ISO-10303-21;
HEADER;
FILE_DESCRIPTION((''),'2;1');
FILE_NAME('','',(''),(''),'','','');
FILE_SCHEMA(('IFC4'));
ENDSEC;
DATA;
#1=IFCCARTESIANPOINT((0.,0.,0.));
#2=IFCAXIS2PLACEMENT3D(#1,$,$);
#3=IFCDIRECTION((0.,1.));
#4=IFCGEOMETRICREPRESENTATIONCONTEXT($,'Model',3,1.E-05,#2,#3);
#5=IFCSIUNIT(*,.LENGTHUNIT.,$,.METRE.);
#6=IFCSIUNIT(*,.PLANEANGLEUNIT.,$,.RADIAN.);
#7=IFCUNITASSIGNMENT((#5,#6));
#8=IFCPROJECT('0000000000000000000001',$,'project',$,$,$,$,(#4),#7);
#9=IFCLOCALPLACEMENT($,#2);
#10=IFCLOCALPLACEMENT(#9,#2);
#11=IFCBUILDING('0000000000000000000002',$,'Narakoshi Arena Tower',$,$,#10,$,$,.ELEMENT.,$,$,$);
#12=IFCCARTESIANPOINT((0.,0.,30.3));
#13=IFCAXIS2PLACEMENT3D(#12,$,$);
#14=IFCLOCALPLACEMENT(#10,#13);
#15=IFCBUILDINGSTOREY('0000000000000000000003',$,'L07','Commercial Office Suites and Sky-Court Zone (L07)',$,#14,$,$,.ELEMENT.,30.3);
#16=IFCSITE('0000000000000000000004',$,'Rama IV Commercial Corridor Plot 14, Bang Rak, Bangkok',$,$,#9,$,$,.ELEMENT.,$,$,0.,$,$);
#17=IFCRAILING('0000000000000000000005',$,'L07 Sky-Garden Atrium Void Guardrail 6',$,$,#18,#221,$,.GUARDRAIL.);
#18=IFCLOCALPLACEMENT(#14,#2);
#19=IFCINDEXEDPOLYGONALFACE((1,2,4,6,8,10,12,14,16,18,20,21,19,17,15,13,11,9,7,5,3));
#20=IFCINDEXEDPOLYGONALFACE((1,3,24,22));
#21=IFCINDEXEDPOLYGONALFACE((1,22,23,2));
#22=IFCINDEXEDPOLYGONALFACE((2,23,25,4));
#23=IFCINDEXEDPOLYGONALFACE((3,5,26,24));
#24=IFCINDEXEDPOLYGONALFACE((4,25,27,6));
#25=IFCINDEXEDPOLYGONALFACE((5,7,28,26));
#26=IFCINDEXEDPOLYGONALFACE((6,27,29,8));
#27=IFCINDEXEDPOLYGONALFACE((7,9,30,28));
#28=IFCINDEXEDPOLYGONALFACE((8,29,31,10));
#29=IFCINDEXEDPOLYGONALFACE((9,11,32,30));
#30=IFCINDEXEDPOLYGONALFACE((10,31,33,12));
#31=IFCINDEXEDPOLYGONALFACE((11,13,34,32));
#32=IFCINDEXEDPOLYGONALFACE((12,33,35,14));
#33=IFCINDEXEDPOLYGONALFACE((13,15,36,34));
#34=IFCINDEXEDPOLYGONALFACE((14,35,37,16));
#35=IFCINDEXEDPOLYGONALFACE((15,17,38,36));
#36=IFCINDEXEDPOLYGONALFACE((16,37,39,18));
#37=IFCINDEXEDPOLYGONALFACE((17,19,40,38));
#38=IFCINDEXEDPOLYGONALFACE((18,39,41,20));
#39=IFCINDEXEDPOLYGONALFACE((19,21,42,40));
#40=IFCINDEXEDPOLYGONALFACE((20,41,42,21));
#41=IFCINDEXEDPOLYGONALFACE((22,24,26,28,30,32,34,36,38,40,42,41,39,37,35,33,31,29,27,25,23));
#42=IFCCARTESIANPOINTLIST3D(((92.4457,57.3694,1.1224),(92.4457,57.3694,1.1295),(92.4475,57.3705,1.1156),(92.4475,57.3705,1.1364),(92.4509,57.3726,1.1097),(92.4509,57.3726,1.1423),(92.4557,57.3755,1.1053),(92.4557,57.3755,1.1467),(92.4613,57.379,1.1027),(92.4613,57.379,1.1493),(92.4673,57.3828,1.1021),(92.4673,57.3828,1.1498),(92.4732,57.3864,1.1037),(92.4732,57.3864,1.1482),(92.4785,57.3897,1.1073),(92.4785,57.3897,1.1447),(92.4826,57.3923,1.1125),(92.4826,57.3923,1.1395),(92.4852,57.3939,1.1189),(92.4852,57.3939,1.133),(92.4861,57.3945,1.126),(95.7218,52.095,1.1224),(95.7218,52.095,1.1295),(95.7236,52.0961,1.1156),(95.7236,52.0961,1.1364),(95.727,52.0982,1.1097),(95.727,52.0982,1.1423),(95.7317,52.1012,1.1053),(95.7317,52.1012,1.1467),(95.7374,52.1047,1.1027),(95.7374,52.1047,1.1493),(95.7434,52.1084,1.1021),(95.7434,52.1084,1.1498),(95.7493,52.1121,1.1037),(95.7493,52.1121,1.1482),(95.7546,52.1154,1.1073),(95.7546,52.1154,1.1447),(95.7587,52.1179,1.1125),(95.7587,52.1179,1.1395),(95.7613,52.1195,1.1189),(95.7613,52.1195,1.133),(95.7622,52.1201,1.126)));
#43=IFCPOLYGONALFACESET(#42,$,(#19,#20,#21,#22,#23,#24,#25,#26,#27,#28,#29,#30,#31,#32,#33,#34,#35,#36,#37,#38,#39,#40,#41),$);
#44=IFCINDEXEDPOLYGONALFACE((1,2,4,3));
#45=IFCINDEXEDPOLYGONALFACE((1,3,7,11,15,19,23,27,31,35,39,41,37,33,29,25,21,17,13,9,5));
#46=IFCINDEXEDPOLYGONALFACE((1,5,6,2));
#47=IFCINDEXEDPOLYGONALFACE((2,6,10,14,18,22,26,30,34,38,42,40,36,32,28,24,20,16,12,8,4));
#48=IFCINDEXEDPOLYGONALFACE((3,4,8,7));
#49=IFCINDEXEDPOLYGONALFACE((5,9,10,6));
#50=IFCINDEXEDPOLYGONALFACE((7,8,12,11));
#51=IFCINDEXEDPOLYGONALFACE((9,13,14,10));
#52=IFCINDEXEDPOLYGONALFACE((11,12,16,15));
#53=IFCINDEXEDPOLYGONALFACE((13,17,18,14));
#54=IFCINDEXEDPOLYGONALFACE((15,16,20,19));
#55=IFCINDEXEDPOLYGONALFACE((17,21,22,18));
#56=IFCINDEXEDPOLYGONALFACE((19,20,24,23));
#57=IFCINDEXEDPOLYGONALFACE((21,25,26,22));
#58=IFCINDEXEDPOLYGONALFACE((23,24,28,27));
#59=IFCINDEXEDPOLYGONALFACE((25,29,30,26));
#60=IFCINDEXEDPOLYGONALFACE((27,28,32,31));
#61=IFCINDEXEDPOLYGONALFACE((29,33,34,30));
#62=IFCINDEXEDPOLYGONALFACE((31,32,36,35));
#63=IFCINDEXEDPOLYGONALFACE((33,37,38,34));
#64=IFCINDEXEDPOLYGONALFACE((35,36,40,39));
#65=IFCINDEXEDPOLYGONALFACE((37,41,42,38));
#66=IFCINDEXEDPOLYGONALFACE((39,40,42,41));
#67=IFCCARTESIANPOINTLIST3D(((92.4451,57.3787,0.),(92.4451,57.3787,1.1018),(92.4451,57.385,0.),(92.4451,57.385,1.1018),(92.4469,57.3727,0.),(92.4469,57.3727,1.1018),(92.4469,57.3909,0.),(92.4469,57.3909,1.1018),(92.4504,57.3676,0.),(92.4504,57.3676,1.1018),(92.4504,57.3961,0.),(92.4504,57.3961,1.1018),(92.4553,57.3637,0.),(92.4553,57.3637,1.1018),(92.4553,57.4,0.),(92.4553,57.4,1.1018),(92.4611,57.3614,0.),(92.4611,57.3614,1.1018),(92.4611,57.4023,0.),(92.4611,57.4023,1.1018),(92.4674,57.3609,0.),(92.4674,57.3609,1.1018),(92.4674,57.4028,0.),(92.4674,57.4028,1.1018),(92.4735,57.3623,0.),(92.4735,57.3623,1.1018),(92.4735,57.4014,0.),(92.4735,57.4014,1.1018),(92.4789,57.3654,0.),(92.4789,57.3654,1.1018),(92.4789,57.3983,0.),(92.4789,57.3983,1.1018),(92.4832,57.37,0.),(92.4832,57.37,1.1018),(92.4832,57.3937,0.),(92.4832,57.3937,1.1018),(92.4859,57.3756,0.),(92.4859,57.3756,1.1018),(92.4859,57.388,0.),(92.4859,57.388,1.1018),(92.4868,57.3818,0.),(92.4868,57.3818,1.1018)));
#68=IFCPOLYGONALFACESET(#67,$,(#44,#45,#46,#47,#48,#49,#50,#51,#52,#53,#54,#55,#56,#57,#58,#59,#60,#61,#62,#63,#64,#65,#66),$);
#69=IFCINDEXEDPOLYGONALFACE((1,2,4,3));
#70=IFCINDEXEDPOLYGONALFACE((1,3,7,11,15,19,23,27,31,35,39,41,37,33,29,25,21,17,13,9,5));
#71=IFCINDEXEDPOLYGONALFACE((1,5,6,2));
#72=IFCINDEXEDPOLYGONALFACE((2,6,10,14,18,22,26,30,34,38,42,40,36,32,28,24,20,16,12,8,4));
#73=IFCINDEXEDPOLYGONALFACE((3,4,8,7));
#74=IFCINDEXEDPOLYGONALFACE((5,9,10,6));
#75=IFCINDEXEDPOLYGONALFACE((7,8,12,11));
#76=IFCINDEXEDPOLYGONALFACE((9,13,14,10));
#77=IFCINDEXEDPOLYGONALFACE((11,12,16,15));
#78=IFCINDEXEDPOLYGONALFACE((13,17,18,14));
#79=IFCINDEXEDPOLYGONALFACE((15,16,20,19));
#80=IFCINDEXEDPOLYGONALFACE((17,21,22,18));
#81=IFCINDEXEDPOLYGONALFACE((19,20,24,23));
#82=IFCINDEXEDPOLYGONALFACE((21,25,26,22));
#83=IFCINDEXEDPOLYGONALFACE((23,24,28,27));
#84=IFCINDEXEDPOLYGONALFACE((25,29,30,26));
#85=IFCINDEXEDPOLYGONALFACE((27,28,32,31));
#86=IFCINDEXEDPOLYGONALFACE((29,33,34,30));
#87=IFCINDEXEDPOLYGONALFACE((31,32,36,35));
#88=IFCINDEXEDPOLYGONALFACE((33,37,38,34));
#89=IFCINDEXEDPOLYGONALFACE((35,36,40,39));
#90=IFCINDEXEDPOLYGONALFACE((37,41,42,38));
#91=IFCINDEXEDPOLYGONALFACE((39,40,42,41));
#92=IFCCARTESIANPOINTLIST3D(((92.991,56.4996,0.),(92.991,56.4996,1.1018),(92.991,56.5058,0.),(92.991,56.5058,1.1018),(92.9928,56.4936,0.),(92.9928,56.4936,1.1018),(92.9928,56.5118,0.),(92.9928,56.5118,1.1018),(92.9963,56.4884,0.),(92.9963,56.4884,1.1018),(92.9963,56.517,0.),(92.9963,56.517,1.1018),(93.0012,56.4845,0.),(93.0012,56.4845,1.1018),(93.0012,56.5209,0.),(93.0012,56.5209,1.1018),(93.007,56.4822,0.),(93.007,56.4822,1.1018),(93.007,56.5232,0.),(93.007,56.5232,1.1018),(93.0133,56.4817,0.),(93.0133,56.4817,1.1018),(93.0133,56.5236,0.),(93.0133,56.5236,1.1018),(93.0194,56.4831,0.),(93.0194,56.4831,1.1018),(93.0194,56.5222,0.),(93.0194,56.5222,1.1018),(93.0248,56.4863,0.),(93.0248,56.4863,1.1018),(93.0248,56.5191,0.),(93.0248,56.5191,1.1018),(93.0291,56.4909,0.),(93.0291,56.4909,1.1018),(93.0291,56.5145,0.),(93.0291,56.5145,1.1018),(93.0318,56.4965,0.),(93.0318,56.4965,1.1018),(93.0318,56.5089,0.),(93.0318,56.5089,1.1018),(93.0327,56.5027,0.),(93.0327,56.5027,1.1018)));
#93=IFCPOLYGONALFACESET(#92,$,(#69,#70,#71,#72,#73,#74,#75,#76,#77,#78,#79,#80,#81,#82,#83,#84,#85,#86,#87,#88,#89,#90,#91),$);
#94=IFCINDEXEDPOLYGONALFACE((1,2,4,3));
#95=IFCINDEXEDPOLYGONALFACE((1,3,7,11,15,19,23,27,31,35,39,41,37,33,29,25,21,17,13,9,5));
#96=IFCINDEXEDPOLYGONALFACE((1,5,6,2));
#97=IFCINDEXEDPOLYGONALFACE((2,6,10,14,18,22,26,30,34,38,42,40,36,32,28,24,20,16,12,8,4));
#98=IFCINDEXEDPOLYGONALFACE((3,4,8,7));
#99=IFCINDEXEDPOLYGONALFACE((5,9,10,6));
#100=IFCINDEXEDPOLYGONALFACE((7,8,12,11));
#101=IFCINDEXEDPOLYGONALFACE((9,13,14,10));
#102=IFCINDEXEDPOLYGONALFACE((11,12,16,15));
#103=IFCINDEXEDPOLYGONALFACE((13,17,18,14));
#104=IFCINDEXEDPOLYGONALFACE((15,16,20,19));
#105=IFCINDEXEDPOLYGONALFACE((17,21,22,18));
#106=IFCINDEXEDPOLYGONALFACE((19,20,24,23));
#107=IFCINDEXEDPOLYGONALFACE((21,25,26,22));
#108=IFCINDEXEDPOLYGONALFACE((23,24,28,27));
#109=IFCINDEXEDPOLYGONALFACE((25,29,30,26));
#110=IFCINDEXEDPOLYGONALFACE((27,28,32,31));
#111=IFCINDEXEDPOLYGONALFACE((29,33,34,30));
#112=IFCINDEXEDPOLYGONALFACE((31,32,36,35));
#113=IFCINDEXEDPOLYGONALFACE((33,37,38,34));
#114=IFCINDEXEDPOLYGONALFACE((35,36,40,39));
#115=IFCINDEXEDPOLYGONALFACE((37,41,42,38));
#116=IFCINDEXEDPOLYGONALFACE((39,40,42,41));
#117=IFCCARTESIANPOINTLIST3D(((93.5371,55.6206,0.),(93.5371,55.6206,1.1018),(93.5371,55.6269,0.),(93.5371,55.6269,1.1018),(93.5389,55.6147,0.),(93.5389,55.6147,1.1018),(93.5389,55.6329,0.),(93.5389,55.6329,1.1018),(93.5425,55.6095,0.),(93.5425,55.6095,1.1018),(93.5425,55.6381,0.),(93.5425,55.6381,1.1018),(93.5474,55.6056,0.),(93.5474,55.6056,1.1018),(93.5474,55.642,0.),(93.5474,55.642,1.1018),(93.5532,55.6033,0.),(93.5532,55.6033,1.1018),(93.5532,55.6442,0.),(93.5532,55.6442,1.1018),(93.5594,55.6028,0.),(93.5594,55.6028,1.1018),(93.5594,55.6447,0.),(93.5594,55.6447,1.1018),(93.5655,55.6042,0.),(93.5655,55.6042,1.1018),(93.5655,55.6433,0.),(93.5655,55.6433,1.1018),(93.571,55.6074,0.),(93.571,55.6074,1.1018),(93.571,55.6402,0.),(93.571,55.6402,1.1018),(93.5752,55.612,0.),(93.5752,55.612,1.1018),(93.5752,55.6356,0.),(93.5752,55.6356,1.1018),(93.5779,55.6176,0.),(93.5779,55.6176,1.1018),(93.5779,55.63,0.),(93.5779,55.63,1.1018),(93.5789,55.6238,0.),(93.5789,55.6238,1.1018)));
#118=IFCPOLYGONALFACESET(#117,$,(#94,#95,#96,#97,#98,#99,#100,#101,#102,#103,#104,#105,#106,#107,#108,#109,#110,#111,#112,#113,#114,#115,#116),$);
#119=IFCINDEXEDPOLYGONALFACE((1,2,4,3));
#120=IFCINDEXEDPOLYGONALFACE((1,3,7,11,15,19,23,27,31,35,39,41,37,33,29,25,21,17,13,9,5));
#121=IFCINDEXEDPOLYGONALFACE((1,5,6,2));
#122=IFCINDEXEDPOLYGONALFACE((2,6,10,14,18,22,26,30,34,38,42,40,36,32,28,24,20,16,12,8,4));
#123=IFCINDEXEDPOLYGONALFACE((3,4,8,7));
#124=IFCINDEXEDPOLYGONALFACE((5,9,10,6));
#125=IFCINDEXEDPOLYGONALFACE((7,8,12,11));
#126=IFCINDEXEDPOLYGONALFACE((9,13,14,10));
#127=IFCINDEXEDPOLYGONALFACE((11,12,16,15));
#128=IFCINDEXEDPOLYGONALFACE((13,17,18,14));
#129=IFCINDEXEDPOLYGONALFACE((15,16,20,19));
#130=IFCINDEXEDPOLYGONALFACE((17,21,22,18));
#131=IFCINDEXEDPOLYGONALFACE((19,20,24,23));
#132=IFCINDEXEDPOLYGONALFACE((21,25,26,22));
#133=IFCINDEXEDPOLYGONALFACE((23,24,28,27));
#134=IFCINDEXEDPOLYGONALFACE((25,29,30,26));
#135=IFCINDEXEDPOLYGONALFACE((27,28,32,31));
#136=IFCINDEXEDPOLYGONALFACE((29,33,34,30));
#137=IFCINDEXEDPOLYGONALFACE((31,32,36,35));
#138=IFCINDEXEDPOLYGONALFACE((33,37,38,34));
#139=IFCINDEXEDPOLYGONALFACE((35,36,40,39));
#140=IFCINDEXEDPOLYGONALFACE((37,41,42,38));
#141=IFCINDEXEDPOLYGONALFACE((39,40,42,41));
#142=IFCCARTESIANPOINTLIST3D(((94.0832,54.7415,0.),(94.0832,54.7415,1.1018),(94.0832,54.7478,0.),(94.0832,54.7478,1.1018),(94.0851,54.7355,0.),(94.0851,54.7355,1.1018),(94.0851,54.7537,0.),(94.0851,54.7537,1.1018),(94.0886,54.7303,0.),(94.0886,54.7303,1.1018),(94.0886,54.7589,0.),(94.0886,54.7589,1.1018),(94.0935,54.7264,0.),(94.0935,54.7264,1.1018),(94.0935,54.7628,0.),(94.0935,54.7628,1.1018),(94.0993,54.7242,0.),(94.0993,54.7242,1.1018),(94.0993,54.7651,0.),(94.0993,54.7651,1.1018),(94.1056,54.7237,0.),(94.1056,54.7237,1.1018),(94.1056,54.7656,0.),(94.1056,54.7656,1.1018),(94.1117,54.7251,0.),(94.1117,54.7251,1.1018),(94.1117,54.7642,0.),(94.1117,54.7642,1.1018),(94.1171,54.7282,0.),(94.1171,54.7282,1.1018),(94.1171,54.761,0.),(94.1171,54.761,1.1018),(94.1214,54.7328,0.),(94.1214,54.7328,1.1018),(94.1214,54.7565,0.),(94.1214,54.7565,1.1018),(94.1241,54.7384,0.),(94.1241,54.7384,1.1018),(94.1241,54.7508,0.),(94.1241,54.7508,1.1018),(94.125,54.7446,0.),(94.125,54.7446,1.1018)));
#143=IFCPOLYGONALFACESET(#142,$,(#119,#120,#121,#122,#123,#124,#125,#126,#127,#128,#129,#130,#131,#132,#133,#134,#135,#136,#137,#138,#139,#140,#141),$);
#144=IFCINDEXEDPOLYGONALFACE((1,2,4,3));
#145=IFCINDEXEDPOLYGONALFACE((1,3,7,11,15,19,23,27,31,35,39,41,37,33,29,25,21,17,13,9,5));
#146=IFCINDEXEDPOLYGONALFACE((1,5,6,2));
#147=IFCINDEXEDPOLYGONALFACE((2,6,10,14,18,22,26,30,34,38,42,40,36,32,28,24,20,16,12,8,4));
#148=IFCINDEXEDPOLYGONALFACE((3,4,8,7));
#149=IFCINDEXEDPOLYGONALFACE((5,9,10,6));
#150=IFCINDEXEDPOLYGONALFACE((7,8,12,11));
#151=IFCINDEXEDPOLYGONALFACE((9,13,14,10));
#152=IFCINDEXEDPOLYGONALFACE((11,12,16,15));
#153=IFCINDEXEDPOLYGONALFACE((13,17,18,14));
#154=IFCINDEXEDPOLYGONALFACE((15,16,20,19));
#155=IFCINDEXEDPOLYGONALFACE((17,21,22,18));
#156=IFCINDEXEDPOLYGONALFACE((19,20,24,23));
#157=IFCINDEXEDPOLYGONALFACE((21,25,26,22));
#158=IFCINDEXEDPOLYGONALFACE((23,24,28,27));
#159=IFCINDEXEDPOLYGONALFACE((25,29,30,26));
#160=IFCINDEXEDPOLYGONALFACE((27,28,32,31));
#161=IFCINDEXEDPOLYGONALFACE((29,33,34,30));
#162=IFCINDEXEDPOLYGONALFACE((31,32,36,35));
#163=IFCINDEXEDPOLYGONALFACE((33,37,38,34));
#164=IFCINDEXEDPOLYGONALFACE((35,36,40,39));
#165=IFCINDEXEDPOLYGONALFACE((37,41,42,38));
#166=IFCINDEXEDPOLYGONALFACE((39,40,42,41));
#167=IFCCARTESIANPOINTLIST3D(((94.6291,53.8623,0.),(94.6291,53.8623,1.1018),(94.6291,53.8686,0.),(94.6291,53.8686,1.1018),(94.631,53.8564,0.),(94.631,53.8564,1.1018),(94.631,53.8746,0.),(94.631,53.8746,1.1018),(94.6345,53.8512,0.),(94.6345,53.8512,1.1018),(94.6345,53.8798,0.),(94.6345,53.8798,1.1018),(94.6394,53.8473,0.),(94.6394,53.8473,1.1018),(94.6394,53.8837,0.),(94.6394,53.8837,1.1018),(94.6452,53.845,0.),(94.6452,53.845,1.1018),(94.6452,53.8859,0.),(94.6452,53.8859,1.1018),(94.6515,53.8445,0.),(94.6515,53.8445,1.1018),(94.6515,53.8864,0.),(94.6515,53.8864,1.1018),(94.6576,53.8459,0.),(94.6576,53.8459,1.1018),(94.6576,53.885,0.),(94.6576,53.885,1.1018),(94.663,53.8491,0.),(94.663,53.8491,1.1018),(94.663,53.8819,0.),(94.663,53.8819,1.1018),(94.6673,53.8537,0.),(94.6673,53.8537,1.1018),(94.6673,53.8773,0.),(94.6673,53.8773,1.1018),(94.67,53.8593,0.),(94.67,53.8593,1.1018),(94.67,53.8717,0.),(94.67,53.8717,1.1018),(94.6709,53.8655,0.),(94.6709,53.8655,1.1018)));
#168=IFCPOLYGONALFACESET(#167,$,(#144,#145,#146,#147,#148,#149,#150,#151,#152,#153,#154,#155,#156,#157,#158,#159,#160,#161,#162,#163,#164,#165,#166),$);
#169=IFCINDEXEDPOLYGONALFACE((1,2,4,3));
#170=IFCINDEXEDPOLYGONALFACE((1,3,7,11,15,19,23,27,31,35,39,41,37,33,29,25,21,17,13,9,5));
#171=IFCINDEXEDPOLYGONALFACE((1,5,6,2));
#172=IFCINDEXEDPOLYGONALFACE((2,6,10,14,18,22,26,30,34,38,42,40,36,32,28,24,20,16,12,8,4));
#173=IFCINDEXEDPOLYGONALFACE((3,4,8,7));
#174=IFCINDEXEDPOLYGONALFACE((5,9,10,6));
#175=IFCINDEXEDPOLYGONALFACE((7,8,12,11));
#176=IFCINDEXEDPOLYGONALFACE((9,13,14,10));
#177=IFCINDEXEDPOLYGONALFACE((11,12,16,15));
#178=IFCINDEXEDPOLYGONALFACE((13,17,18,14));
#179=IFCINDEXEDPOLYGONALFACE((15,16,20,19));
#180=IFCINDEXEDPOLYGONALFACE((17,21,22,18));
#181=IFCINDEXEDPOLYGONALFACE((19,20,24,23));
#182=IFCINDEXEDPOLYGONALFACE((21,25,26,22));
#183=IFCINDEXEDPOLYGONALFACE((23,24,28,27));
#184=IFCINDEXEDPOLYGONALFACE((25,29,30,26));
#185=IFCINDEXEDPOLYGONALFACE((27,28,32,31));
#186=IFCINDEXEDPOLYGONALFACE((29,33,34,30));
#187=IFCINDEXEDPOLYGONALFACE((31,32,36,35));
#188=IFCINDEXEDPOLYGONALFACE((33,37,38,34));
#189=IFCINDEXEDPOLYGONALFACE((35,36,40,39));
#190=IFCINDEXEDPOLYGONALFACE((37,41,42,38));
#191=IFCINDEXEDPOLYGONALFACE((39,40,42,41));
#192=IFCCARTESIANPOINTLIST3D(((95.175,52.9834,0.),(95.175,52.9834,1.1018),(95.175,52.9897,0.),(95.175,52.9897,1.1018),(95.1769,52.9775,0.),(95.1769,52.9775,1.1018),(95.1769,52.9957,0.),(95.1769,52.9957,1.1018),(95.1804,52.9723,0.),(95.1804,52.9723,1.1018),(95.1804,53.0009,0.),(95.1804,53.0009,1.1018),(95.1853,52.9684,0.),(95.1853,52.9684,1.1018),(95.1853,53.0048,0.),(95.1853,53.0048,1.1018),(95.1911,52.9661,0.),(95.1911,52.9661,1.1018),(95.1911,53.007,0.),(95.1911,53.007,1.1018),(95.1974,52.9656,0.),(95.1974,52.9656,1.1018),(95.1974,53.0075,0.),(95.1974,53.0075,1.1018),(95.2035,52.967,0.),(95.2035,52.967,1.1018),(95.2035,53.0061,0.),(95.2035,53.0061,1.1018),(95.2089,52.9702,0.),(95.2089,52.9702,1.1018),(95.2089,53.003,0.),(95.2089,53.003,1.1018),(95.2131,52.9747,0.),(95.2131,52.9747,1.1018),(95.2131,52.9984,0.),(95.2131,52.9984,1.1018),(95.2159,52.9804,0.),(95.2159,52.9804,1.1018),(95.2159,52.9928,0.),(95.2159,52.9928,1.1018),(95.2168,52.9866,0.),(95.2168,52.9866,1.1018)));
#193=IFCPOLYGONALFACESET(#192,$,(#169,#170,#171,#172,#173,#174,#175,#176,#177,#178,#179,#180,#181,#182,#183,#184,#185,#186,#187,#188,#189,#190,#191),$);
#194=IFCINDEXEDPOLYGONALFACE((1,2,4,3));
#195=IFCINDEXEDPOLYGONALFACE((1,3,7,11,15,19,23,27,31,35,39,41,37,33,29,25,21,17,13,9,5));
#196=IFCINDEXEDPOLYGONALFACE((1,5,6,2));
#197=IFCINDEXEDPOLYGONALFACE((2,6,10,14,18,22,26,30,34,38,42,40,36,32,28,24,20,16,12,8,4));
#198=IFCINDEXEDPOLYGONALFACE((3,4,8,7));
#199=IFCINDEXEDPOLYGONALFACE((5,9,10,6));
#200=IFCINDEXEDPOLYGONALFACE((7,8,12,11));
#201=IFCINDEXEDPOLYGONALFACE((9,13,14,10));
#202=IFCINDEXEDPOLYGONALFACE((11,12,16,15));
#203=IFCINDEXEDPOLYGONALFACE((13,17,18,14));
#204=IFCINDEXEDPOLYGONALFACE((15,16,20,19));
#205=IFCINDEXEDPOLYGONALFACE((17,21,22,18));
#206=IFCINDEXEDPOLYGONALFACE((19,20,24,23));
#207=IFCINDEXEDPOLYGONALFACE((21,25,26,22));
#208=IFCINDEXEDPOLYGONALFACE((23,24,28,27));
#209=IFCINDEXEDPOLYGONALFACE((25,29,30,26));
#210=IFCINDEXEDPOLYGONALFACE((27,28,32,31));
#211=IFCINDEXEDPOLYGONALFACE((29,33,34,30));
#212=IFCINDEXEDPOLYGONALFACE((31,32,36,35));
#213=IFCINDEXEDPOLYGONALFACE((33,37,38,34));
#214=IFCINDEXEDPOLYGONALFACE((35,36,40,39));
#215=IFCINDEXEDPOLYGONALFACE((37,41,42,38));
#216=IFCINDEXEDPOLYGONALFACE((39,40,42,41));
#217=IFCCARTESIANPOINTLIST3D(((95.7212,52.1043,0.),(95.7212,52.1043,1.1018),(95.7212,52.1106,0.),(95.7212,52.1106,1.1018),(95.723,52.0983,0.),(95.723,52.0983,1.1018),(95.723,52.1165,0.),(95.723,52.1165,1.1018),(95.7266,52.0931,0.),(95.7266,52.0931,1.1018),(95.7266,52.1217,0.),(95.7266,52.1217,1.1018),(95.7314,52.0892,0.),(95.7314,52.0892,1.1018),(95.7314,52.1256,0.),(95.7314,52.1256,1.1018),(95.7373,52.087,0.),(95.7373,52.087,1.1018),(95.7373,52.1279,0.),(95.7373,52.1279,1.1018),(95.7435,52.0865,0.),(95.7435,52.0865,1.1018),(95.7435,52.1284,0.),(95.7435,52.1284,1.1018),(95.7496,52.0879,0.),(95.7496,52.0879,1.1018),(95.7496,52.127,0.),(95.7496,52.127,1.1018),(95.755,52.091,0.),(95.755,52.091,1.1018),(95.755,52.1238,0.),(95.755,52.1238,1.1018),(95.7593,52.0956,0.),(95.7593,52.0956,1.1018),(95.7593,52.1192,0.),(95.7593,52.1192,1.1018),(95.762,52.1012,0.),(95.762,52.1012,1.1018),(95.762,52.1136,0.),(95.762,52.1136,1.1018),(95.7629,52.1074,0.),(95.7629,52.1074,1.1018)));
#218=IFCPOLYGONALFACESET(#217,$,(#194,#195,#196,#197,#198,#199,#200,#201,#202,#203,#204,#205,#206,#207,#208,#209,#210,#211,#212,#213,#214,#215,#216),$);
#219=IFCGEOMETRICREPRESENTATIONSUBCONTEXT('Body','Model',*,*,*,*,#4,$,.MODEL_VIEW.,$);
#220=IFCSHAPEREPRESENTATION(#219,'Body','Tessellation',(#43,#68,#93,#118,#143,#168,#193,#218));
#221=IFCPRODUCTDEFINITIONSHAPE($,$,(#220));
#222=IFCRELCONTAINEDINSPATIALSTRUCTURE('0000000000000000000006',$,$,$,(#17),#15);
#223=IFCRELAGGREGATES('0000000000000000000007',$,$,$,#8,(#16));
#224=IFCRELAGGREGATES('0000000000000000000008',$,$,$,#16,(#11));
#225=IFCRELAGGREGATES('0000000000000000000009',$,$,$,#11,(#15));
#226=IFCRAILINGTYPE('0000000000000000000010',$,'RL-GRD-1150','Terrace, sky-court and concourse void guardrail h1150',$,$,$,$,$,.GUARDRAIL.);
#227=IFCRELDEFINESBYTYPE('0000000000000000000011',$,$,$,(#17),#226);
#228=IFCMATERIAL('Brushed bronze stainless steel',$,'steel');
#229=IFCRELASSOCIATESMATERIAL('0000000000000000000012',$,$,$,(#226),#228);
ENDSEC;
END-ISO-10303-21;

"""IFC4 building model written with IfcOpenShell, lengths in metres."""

from ifc_helpers import new_model, si_unit, direction, frame, origin, origin_2d, place, context, subcontext, project, spatial, circle, extrude, material, type_object, element, save


model = new_model("IFC4")

# Units and contexts
model_context = context("Model", 3, precision=1e-05, world=origin(), true_north=direction((0.0, 1.0)))
body_context = subcontext(model_context, "Body", "Model", "MODEL_VIEW")
ifc_project = project(units=[si_unit("LENGTHUNIT", "METRE"), si_unit("PLANEANGLEUNIT", "RADIAN")], contexts=[model_context])

# Site, building, storey
site_placement = place(None, origin())
site = spatial("IfcSite", under=ifc_project, at=site_placement, Name="Rama IV Commercial Corridor Plot 14, Bang Rak, Bangkok", CompositionType="ELEMENT", RefElevation=0.0)
building_placement = place(site_placement, origin())
building = spatial("IfcBuilding", under=site, at=building_placement, Name="Narakoshi Arena Tower", CompositionType="ELEMENT")
storey_placement = place(building_placement, frame((0.0, 0.0, 30.3)))
storey = spatial("IfcBuildingStorey", under=building, at=storey_placement, Name="L07", Description="Commercial Office Suites and Sky-Court Zone (L07)", CompositionType="ELEMENT", Elevation=30.3)

# Railing
ifc_material_1 = material(Name="Brushed bronze stainless steel", Category="steel")
railing_type = type_object("IfcRailingType", Name="RL-GRD-1150", Description="Terrace, sky-court and concourse void guardrail h1150", PredefinedType="GUARDRAIL", material=ifc_material_1)
railing_1_placement = place(storey_placement, frame((92.4658, 57.3818, 0.0)))
element("IfcRailing", 1, at=railing_1_placement, inside=storey, type_object=railing_type, Name="L07 Sky-Garden Atrium Void Guardrail 6", PredefinedType="GUARDRAIL", context=body_context, shape_type="SweptSolid", body=[
    extrude(circle(Radius=0.0239, at=origin_2d()), frame((0.0, 0.0, 1.126), z_axis=(0.527636, -0.849471, 0.0), x_axis=(0.849471, 0.527636, 0.0)), (0.0, 0.0, 1.0), 6.209),
    extrude(circle(Radius=0.021, at=origin_2d()), origin(), (0.0, 0.0, 1.0), 1.1018),
    extrude(circle(Radius=0.021, at=origin_2d()), frame((0.5459, -0.8792, 0.0)), (0.0, 0.0, 1.0), 1.1018),
    extrude(circle(Radius=0.021, at=origin_2d()), frame((1.092, -1.7581, 0.0)), (0.0, 0.0, 1.0), 1.1018),
    extrude(circle(Radius=0.021, at=origin_2d()), frame((1.6382, -2.6372, 0.0)), (0.0, 0.0, 1.0), 1.1018),
    extrude(circle(Radius=0.021, at=origin_2d()), frame((2.1841, -3.5164, 0.0)), (0.0, 0.0, 1.0), 1.1018),
    extrude(circle(Radius=0.021, at=origin_2d()), frame((2.73, -4.3953, 0.0)), (0.0, 0.0, 1.0), 1.1018),
    extrude(circle(Radius=0.021, at=origin_2d()), frame((3.2761, -5.2744, 0.0)), (0.0, 0.0, 1.0), 1.1018),
])

save(model, "model.ifc")
